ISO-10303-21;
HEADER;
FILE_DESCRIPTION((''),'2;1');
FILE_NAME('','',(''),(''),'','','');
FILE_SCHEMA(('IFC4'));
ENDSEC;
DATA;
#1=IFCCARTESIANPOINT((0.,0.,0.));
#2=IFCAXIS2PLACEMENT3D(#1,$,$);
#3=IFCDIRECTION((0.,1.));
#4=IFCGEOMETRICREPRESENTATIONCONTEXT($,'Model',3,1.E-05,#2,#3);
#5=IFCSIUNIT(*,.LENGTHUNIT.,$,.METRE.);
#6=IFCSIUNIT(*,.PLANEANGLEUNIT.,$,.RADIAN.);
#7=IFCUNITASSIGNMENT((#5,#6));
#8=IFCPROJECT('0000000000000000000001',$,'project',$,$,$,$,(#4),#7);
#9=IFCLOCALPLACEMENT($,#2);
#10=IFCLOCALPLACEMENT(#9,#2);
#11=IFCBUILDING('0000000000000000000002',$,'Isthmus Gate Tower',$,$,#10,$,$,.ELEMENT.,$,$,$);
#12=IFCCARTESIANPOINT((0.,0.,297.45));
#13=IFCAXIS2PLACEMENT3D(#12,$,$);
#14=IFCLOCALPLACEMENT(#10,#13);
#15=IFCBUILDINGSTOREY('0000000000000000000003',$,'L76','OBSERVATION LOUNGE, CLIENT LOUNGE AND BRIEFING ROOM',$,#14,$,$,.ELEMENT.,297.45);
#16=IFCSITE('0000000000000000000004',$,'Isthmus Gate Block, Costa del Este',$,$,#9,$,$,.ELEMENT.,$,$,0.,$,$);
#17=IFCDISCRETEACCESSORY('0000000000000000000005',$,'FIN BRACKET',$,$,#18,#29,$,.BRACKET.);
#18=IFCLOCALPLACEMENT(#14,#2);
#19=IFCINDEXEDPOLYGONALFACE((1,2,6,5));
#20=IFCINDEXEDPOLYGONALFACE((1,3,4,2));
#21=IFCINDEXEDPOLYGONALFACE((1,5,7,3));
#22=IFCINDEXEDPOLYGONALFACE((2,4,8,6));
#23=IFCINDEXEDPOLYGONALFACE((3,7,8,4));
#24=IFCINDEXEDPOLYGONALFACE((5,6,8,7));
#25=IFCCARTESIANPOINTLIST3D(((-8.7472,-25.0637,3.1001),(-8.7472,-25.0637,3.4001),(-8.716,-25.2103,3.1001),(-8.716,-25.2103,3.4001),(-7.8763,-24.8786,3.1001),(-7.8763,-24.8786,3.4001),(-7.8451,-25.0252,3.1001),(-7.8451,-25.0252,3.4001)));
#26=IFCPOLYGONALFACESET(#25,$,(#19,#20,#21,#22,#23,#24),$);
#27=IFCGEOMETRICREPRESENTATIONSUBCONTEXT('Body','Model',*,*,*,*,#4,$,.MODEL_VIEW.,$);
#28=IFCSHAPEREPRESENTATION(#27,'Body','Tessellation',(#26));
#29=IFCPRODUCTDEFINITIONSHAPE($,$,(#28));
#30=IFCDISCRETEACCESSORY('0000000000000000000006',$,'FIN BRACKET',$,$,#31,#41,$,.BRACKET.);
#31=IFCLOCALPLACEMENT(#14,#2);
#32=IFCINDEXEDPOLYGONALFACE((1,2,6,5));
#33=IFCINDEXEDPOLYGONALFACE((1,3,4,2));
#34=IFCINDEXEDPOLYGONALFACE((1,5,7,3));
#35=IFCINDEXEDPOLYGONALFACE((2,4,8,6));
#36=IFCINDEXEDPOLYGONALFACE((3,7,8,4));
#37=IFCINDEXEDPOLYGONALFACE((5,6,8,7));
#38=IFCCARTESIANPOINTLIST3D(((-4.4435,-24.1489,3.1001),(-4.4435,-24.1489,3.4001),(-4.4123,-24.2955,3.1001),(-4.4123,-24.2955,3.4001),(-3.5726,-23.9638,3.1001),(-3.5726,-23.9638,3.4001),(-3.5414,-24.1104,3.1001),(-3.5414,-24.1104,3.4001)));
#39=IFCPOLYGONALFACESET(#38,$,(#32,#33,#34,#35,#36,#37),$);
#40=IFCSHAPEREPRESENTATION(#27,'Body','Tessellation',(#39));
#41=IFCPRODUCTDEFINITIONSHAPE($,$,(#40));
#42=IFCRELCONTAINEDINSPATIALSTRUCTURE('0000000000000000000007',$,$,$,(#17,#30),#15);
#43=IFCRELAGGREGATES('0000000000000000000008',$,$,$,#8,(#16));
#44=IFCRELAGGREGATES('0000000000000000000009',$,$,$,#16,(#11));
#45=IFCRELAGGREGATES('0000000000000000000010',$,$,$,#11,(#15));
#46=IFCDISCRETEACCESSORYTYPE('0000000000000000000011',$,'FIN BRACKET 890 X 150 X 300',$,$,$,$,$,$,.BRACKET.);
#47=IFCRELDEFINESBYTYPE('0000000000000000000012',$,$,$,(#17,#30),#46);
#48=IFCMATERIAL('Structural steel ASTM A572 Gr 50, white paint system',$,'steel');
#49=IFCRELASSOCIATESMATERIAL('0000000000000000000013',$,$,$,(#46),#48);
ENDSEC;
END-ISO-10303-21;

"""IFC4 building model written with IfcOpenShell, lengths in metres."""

from ifc_helpers import new_model, si_unit, direction, frame, origin, origin_2d, place, context, subcontext, project, spatial, rectangle, extrude, material, type_object, element, save


model = new_model("IFC4")

# Units and contexts
model_context = context("Model", 3, precision=1e-05, world=origin(), true_north=direction((0.0, 1.0)))
body_context = subcontext(model_context, "Body", "Model", "MODEL_VIEW")
ifc_project = project(units=[si_unit("LENGTHUNIT", "METRE"), si_unit("PLANEANGLEUNIT", "RADIAN")], contexts=[model_context])

# Site, building, storey
site_placement = place(None, origin())
site = spatial("IfcSite", under=ifc_project, at=site_placement, Name="Isthmus Gate Block, Costa del Este", CompositionType="ELEMENT", RefElevation=0.0)
building_placement = place(site_placement, origin())
building = spatial("IfcBuilding", under=site, at=building_placement, Name="Isthmus Gate Tower", CompositionType="ELEMENT")
storey_placement = place(building_placement, frame((0.0, 0.0, 297.45)))
storey = spatial("IfcBuildingStorey", under=building, at=storey_placement, Name="L76", Description="OBSERVATION LOUNGE, CLIENT LOUNGE AND BRIEFING ROOM", CompositionType="ELEMENT", Elevation=297.45)

# Discrete accessories
ifc_material_1 = material(Name="Structural steel ASTM A572 Gr 50, white paint system", Category="steel")
discrete_accessory_type_1 = type_object("IfcDiscreteAccessoryType", Name="FIN BRACKET 890 X 150 X 300", PredefinedType="BRACKET", material=ifc_material_1)
for number, where, z_axis, x_axis, name in (
    (1, (-8.2961, -25.0444, 3.1001), (0.0, 0.0, 1.0), (0.207912, -0.978148, 0.0), "FIN BRACKET"),
    (2, (-3.9924, -24.1296, 3.1001), (0.0, 0.0, 1.0), (0.207912, -0.978148, 0.0), "FIN BRACKET"),
):
    element("IfcDiscreteAccessory", number, at=place(storey_placement, frame(where, z_axis=z_axis, x_axis=x_axis)), inside=storey, type_object=discrete_accessory_type_1, Name=name, PredefinedType="BRACKET", context=body_context, shape_type="SweptSolid", body=[
        extrude(rectangle(XDim=0.1499, YDim=0.8904, at=origin_2d()), origin(), (0.0, 0.0, 1.0), 0.3),
    ])

save(model, "model.ifc")
